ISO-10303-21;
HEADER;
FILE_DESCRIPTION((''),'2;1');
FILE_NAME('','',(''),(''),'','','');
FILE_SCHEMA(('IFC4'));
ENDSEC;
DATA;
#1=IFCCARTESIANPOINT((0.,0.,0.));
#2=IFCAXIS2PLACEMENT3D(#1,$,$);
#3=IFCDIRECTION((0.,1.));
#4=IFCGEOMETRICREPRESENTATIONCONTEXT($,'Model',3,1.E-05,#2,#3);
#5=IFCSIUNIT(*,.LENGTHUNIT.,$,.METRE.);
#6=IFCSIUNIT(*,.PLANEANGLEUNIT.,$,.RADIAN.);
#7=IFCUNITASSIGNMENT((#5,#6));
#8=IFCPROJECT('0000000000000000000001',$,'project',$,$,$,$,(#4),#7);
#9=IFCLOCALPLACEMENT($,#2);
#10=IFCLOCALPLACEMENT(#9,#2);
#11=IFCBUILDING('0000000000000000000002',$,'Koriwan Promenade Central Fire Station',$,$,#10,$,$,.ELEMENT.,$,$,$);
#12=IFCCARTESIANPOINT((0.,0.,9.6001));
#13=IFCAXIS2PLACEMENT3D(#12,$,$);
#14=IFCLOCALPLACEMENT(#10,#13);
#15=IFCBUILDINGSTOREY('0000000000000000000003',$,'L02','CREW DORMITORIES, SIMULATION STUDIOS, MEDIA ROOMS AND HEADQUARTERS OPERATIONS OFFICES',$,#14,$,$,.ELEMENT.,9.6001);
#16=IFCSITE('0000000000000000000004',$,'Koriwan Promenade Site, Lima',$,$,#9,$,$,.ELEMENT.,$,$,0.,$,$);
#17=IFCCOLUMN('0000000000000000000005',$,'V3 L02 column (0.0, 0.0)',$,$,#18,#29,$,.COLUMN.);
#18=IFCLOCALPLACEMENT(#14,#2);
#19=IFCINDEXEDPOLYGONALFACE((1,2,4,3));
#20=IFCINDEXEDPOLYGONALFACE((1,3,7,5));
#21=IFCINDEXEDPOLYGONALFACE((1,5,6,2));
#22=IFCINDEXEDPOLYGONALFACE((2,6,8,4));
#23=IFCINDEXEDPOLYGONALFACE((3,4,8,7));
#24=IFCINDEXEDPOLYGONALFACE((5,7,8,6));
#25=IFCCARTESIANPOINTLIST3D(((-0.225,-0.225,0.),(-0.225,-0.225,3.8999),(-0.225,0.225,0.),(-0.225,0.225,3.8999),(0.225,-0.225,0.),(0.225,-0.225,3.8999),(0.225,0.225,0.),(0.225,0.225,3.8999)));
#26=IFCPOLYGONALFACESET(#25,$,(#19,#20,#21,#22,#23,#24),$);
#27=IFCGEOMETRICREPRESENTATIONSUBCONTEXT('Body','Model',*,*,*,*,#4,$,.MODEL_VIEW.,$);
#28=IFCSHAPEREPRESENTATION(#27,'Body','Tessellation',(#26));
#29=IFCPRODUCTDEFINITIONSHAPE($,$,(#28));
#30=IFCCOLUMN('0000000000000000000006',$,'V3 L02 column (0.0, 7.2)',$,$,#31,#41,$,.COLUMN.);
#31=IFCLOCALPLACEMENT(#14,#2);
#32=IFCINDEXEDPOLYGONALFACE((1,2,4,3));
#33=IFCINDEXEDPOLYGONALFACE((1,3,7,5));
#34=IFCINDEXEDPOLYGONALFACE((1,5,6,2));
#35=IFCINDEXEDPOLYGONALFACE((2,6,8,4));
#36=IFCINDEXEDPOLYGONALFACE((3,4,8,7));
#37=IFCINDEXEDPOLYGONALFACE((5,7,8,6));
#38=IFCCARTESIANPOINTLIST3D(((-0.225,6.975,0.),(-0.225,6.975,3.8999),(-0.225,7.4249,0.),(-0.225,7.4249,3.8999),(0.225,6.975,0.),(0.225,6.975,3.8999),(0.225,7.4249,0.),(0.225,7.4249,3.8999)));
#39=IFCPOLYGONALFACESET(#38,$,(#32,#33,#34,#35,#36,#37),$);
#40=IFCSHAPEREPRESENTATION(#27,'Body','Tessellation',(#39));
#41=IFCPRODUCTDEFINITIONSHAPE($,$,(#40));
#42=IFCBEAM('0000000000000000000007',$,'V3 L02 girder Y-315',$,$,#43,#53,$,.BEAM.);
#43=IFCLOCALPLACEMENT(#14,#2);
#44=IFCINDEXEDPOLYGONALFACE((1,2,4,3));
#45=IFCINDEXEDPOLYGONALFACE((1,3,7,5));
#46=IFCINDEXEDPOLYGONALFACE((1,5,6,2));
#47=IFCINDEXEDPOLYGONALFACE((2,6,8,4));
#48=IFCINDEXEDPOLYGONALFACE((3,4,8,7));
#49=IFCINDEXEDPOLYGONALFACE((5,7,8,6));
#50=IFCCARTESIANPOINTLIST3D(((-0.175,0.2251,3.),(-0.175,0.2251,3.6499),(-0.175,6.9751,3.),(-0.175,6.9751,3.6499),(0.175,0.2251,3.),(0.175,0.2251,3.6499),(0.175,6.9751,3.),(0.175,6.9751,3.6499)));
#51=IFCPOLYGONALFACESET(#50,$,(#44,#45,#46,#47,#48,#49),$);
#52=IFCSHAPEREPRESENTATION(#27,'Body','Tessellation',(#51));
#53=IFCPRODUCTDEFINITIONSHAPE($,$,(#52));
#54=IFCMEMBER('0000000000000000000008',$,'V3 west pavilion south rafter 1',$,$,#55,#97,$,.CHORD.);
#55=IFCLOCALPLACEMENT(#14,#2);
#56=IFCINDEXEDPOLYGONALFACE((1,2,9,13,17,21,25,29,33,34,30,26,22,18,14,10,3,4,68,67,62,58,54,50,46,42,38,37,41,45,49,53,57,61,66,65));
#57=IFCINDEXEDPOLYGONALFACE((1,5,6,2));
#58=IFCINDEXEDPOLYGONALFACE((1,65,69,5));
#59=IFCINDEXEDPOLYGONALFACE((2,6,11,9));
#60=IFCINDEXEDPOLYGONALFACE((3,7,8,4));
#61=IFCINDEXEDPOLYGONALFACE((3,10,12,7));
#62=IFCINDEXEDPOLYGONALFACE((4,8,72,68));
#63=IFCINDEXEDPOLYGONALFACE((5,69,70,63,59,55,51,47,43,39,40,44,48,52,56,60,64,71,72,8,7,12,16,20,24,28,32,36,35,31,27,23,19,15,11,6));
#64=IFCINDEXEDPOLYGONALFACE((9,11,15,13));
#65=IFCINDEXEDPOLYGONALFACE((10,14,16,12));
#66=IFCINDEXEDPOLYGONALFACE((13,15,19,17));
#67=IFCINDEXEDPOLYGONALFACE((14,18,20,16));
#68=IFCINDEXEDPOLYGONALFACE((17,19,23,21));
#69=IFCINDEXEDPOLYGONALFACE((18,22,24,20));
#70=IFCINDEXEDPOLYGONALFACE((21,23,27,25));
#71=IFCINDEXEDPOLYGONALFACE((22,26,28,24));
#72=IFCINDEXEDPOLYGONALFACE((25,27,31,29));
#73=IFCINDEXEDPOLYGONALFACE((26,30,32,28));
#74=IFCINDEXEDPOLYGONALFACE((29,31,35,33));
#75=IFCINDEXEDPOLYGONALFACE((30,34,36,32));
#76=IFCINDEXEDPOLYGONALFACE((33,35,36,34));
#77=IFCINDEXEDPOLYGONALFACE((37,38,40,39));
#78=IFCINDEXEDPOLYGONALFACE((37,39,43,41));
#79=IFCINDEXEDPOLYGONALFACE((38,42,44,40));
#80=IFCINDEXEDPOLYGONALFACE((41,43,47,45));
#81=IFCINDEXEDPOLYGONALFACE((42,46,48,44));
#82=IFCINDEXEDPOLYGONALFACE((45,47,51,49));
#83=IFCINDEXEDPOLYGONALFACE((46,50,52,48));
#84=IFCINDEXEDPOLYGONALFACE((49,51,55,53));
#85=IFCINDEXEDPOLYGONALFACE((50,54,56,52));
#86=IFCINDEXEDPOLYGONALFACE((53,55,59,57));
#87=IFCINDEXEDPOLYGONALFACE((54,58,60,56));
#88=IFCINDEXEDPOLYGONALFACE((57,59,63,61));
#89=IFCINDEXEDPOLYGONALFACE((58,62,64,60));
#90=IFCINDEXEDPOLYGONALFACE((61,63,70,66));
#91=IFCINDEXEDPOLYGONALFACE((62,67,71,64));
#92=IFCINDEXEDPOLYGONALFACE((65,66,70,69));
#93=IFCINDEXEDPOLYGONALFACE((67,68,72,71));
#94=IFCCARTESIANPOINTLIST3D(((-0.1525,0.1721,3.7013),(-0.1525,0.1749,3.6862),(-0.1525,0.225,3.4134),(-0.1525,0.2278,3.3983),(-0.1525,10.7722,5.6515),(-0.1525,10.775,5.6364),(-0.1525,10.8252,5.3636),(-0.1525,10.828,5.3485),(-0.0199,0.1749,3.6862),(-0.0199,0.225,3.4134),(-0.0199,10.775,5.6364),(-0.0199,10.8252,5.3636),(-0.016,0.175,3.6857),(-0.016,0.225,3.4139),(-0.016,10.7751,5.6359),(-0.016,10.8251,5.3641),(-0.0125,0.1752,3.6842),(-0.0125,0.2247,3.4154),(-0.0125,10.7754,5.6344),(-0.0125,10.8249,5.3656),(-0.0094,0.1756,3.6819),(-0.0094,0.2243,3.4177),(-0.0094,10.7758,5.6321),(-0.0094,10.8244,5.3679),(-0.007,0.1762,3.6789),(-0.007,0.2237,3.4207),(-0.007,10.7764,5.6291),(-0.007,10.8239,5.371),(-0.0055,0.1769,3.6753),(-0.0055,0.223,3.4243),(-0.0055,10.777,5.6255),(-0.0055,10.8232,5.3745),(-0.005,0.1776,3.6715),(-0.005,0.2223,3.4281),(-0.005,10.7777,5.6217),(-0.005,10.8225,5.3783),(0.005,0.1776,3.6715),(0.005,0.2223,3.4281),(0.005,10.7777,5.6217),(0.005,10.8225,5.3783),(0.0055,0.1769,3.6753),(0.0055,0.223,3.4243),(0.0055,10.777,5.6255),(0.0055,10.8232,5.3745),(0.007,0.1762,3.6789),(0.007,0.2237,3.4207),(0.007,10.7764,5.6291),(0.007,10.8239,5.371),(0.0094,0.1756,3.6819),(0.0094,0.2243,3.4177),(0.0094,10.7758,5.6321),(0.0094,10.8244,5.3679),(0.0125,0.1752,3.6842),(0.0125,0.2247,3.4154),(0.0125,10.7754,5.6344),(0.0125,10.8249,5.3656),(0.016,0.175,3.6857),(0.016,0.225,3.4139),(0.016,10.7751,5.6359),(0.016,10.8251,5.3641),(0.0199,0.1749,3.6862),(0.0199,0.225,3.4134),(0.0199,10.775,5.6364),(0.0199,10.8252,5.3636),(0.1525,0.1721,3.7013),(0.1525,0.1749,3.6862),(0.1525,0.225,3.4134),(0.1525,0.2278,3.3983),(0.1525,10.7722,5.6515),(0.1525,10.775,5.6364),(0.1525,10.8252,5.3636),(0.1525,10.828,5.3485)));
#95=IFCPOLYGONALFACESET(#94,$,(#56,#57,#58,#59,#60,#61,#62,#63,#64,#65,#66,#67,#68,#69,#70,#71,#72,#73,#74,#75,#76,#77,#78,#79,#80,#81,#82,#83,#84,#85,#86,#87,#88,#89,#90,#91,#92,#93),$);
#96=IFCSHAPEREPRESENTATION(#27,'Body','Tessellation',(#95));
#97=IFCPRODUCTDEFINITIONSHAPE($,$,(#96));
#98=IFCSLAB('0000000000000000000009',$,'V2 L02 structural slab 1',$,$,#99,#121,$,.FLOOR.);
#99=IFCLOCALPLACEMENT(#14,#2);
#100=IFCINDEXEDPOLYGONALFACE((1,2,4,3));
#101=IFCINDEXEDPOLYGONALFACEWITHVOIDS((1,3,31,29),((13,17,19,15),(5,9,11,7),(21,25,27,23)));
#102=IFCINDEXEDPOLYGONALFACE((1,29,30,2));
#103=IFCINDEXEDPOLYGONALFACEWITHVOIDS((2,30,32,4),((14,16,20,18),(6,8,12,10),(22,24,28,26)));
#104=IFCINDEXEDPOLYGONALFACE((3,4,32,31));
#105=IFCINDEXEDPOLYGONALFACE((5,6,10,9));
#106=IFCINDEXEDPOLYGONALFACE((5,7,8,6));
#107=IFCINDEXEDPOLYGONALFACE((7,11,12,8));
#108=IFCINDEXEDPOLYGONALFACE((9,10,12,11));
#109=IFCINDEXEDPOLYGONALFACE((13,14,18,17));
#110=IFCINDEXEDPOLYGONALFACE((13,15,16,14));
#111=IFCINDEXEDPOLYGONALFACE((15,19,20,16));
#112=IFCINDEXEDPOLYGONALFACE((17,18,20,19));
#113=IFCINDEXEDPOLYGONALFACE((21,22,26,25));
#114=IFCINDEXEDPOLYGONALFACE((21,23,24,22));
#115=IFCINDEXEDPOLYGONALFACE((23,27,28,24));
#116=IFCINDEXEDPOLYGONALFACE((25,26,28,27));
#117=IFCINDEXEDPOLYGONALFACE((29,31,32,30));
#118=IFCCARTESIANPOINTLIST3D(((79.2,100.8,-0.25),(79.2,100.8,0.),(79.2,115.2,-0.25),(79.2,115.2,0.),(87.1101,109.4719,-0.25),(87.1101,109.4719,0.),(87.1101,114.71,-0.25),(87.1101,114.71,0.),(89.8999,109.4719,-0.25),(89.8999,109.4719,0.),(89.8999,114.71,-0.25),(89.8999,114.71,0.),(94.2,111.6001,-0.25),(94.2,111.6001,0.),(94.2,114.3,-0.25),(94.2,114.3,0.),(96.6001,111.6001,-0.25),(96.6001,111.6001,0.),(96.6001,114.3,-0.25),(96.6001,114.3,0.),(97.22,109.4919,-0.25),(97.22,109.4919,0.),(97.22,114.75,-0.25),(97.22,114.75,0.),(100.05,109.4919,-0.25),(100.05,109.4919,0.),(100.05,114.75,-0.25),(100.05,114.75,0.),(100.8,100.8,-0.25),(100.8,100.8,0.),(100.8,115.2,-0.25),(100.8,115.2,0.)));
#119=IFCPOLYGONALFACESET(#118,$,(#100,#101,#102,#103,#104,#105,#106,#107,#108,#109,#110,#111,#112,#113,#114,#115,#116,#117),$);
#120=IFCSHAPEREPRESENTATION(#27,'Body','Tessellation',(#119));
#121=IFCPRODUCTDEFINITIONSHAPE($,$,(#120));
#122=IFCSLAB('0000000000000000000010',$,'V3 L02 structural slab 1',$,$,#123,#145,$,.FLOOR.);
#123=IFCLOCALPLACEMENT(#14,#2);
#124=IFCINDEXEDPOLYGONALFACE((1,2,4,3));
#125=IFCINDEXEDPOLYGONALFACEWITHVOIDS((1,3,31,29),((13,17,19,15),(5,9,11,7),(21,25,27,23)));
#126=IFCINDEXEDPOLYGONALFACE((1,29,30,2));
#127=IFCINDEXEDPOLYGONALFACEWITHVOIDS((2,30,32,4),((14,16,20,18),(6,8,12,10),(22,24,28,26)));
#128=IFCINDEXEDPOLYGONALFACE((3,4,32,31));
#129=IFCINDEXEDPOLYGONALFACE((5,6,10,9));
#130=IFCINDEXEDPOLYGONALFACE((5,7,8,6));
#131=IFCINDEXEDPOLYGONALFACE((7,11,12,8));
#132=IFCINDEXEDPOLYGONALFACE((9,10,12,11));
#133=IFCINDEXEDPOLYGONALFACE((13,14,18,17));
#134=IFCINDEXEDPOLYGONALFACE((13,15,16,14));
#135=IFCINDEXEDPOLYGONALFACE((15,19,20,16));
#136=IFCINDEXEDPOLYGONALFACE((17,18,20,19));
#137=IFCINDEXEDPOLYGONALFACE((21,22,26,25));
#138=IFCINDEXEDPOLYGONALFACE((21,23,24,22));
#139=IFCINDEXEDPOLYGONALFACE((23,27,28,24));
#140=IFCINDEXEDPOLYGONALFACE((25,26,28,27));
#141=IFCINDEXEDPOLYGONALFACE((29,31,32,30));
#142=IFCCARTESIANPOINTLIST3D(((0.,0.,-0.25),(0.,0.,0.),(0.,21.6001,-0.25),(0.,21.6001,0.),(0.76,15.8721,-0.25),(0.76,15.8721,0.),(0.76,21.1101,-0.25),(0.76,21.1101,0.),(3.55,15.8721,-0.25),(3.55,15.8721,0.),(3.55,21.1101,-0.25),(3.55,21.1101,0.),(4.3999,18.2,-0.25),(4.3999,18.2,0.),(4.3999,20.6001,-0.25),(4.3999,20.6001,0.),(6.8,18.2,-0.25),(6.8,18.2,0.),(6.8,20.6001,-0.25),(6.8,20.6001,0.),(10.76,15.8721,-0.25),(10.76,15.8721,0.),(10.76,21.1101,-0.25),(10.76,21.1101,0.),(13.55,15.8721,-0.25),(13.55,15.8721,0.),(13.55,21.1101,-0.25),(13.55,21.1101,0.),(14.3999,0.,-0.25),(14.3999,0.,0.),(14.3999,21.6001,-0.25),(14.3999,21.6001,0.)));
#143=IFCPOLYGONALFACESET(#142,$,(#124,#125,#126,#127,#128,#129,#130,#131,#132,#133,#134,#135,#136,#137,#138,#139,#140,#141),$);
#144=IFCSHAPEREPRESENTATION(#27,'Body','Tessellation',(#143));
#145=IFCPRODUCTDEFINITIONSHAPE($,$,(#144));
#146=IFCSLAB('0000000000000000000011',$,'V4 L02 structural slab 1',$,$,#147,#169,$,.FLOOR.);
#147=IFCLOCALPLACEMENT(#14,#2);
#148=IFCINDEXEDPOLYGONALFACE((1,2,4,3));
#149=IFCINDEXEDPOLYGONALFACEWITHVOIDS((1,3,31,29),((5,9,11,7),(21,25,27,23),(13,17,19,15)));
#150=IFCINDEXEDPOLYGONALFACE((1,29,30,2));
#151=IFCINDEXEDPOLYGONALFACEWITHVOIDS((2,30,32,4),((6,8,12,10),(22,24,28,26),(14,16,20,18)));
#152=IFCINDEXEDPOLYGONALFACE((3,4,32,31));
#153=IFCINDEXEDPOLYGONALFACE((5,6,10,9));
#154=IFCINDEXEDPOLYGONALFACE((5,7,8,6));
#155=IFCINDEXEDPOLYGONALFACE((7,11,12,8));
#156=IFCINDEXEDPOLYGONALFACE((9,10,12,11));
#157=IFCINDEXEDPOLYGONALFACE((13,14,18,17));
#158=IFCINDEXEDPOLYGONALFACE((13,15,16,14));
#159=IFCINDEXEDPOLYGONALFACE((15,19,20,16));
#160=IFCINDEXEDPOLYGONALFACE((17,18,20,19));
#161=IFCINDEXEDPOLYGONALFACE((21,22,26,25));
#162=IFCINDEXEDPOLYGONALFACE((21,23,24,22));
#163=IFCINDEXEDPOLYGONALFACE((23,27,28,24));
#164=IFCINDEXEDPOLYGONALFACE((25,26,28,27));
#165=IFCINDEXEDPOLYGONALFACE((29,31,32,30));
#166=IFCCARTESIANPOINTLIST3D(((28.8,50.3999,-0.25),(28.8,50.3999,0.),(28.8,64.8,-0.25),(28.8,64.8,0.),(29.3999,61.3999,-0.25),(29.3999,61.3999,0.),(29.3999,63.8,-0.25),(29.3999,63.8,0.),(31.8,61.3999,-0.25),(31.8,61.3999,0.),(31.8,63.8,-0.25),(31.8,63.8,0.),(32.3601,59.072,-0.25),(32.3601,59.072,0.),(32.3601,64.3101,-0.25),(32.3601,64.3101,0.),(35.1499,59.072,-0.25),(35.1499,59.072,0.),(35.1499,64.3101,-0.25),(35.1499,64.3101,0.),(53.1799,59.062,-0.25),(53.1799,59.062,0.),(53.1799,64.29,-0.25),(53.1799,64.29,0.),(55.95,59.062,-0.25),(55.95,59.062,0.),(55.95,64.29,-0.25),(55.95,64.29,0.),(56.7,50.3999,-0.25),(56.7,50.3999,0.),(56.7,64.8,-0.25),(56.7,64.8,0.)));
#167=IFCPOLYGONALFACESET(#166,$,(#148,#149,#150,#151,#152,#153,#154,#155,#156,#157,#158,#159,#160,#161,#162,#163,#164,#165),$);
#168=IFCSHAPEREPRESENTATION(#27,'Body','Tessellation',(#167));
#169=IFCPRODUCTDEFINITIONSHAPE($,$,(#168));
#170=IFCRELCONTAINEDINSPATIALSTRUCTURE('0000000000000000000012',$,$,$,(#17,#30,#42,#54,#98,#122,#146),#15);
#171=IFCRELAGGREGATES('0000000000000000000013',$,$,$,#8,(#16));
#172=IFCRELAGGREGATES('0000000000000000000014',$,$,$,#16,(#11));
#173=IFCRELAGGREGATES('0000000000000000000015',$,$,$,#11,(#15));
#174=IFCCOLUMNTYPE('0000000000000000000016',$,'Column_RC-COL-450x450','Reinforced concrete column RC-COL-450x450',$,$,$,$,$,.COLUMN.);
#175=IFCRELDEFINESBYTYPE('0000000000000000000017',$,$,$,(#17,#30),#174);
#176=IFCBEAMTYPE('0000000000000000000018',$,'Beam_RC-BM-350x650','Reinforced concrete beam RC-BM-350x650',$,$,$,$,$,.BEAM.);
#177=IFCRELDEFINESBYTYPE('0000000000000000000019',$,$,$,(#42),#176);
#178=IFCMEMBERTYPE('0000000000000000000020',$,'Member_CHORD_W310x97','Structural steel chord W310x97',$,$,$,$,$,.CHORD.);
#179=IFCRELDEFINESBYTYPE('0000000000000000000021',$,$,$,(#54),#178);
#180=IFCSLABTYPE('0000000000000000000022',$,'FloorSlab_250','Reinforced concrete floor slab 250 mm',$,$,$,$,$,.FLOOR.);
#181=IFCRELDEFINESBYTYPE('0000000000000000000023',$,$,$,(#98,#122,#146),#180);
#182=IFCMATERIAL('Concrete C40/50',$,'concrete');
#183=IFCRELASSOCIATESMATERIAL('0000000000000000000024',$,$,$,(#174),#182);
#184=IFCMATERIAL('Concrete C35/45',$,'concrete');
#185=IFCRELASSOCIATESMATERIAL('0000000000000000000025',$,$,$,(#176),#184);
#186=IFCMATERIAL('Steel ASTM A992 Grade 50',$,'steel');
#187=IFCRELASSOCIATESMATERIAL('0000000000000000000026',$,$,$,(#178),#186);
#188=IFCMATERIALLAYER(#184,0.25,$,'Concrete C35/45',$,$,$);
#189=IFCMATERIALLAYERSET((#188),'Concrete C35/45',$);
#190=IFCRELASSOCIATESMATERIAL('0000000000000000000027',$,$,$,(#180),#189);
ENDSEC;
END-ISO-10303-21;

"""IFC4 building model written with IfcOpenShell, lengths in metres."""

from ifc_helpers import new_model, si_unit, direction, frame, origin, origin_2d, place, context, subcontext, project, spatial, polyline, rectangle, i_section, outline, extrude, material, layer, layer_set, material_profile, profile_set, type_object, element, save


model = new_model("IFC4")

# Units and contexts
model_context = context("Model", 3, precision=1e-05, world=origin(), true_north=direction((0.0, 1.0)))
body_context = subcontext(model_context, "Body", "Model", "MODEL_VIEW")
ifc_project = project(units=[si_unit("LENGTHUNIT", "METRE"), si_unit("PLANEANGLEUNIT", "RADIAN")], contexts=[model_context])

# Site, building, storey
site_placement = place(None, origin())
site = spatial("IfcSite", under=ifc_project, at=site_placement, Name="Koriwan Promenade Site, Lima", CompositionType="ELEMENT", RefElevation=0.0)
building_placement = place(site_placement, origin())
building = spatial("IfcBuilding", under=site, at=building_placement, Name="Koriwan Promenade Central Fire Station", CompositionType="ELEMENT")
storey_placement = place(building_placement, frame((0.0, 0.0, 9.6001)))
storey = spatial("IfcBuildingStorey", under=building, at=storey_placement, Name="L02", Description="CREW DORMITORIES, SIMULATION STUDIOS, MEDIA ROOMS AND HEADQUARTERS OPERATIONS OFFICES", CompositionType="ELEMENT", Elevation=9.6001)

# Columns
ifc_material_1 = material(Name="Concrete C40/50", Category="concrete")
ifc_material_profile_1 = material_profile(ifc_material_1, rectangle(XDim=0.45, YDim=0.45, at=origin_2d()), Name="RC-COL-450x450")
ifc_profile_set_1 = profile_set([ifc_material_profile_1], Name="Concrete C40/50")
column_type = type_object("IfcColumnType", Name="Column_RC-COL-450x450", Description="Reinforced concrete column RC-COL-450x450", PredefinedType="COLUMN", material=ifc_profile_set_1)
for number, where, z_axis, x_axis, name in (
    (1, (0.0, 0.0, 0.0), (0.0, 0.0, 1.0), (1.0, 0.0, 0.0), "V3 L02 column (0.0, 0.0)"),
    (2, (0.0, 7.2, 0.0), (0.0, 0.0, 1.0), (1.0, 0.0, 0.0), "V3 L02 column (0.0, 7.2)"),
):
    element("IfcColumn", number, at=place(storey_placement, frame(where, z_axis=z_axis, x_axis=x_axis)), inside=storey, type_object=column_type, Name=name, PredefinedType="COLUMN", context=body_context, shape_type="SweptSolid", body=[
        extrude(rectangle(XDim=0.45, YDim=0.45, at=origin_2d()), origin(), (0.0, 0.0, 1.0), 3.8999),
    ])

# Beam
ifc_material_2 = material(Name="Concrete C35/45", Category="concrete")
ifc_material_profile_2 = material_profile(ifc_material_2, rectangle(XDim=0.3501, YDim=0.6499, at=origin_2d()), Name="RC-BM-350x650")
ifc_profile_set_2 = profile_set([ifc_material_profile_2], Name="Concrete C35/45")
beam_type = type_object("IfcBeamType", Name="Beam_RC-BM-350x650", Description="Reinforced concrete beam RC-BM-350x650", PredefinedType="BEAM", material=ifc_profile_set_2)
beam_placement = place(storey_placement, frame((0.0, 0.2251, 3.325), z_axis=(0.0, 1.0, 0.0), x_axis=(-1.0, 0.0, 0.0)))
element("IfcBeam", 3, at=beam_placement, inside=storey, type_object=beam_type, Name="V3 L02 girder Y-315", PredefinedType="BEAM", context=body_context, shape_type="SweptSolid", body=[
    extrude(rectangle(XDim=0.3501, YDim=0.6499, at=origin_2d()), origin(), (0.0, 0.0, 1.0), 6.75),
])

# Member
ifc_material_3 = material(Name="Steel ASTM A992 Grade 50", Category="steel")
ifc_material_profile_3 = material_profile(ifc_material_3, i_section(OverallWidth=0.3049, OverallDepth=0.3081, WebThickness=0.01, FlangeThickness=0.0154, FilletRadius=0.0149, at=origin_2d()), Name="W310x97")
ifc_profile_set_3 = profile_set([ifc_material_profile_3], Name="Steel ASTM A992 Grade 50")
member_type = type_object("IfcMemberType", Name="Member_CHORD_W310x97", Description="Structural steel chord W310x97", PredefinedType="CHORD", material=ifc_profile_set_3)
member_placement = place(storey_placement, frame((0.0, 0.2, 3.5498), z_axis=(0.0, 0.983494, 0.180942), x_axis=(-1.0, 0.0, 0.0)))
element("IfcMember", 4, at=member_placement, inside=storey, type_object=member_type, Name="V3 west pavilion south rafter 1", PredefinedType="CHORD", context=body_context, shape_type="SweptSolid", body=[
    extrude(i_section(OverallWidth=0.3049, OverallDepth=0.3081, WebThickness=0.01, FlangeThickness=0.0154, FilletRadius=0.0149, at=origin_2d()), origin(), (0.0, 0.0, 1.0), 10.7781),
])

# Slabs
ifc_layer_1 = layer(ifc_material_2, 0.25, Name="Concrete C35/45")
ifc_layer_set_1 = layer_set([ifc_layer_1], Name="Concrete C35/45")
slab_type_1 = type_object("IfcSlabType", Name="FloorSlab_250", Description="Reinforced concrete floor slab 250 mm", PredefinedType="FLOOR", material=ifc_layer_set_1)
slab_1_placement = place(storey_placement, frame((0.0, 0.0, -0.25)))
element("IfcSlab", 5, at=slab_1_placement, inside=storey, type_object=slab_type_1, Name="V2 L02 structural slab 1", PredefinedType="FLOOR", context=body_context, shape_type="SweptSolid", body=[
    extrude(outline(polyline([(79.2, 100.8), (79.2, 115.2), (100.8, 115.2), (100.8, 100.8), (79.2, 100.8)]), holes=[polyline([(100.05, 114.75), (97.22, 114.75), (97.22, 109.4919), (100.05, 109.4919), (100.05, 114.75)]), polyline([(89.8999, 109.4719), (89.8999, 114.71), (87.1101, 114.71), (87.1101, 109.4719), (89.8999, 109.4719)]), polyline([(96.6001, 111.6001), (96.6001, 114.3), (94.2, 114.3), (94.2, 111.6001), (96.6001, 111.6001)])]), origin(), (0.0, 0.0, 1.0), 0.25),
])
slab_2_placement = place(storey_placement, frame((0.0, 0.0, -0.25)))
element("IfcSlab", 6, at=slab_2_placement, inside=storey, type_object=slab_type_1, Name="V3 L02 structural slab 1", PredefinedType="FLOOR", context=body_context, shape_type="SweptSolid", body=[
    extrude(outline(polyline([(0.0, 0.0), (0.0, 21.6001), (14.3999, 21.6001), (14.3999, 0.0), (0.0, 0.0)]), holes=[polyline([(0.76, 15.8721), (3.55, 15.8721), (3.55, 21.1101), (0.76, 21.1101), (0.76, 15.8721)]), polyline([(10.76, 21.1101), (10.76, 15.8721), (13.55, 15.8721), (13.55, 21.1101), (10.76, 21.1101)]), polyline([(6.8, 20.6001), (4.3999, 20.6001), (4.3999, 18.2), (6.8, 18.2), (6.8, 20.6001)])]), origin(), (0.0, 0.0, 1.0), 0.25),
])
slab_3_placement = place(storey_placement, frame((0.0, 0.0, -0.25)))
element("IfcSlab", 7, at=slab_3_placement, inside=storey, type_object=slab_type_1, Name="V4 L02 structural slab 1", PredefinedType="FLOOR", context=body_context, shape_type="SweptSolid", body=[
    extrude(outline(polyline([(28.8, 50.3999), (28.8, 64.8), (56.7, 64.8), (56.7, 50.3999), (28.8, 50.3999)]), holes=[polyline([(35.1499, 64.3101), (32.3601, 64.3101), (32.3601, 59.072), (35.1499, 59.072), (35.1499, 64.3101)]), polyline([(55.95, 59.062), (55.95, 64.29), (53.1799, 64.29), (53.1799, 59.062), (55.95, 59.062)]), polyline([(29.3999, 63.8), (29.3999, 61.3999), (31.8, 61.3999), (31.8, 63.8), (29.3999, 63.8)])]), origin(), (0.0, 0.0, 1.0), 0.25),
])

save(model, "model.ifc")
